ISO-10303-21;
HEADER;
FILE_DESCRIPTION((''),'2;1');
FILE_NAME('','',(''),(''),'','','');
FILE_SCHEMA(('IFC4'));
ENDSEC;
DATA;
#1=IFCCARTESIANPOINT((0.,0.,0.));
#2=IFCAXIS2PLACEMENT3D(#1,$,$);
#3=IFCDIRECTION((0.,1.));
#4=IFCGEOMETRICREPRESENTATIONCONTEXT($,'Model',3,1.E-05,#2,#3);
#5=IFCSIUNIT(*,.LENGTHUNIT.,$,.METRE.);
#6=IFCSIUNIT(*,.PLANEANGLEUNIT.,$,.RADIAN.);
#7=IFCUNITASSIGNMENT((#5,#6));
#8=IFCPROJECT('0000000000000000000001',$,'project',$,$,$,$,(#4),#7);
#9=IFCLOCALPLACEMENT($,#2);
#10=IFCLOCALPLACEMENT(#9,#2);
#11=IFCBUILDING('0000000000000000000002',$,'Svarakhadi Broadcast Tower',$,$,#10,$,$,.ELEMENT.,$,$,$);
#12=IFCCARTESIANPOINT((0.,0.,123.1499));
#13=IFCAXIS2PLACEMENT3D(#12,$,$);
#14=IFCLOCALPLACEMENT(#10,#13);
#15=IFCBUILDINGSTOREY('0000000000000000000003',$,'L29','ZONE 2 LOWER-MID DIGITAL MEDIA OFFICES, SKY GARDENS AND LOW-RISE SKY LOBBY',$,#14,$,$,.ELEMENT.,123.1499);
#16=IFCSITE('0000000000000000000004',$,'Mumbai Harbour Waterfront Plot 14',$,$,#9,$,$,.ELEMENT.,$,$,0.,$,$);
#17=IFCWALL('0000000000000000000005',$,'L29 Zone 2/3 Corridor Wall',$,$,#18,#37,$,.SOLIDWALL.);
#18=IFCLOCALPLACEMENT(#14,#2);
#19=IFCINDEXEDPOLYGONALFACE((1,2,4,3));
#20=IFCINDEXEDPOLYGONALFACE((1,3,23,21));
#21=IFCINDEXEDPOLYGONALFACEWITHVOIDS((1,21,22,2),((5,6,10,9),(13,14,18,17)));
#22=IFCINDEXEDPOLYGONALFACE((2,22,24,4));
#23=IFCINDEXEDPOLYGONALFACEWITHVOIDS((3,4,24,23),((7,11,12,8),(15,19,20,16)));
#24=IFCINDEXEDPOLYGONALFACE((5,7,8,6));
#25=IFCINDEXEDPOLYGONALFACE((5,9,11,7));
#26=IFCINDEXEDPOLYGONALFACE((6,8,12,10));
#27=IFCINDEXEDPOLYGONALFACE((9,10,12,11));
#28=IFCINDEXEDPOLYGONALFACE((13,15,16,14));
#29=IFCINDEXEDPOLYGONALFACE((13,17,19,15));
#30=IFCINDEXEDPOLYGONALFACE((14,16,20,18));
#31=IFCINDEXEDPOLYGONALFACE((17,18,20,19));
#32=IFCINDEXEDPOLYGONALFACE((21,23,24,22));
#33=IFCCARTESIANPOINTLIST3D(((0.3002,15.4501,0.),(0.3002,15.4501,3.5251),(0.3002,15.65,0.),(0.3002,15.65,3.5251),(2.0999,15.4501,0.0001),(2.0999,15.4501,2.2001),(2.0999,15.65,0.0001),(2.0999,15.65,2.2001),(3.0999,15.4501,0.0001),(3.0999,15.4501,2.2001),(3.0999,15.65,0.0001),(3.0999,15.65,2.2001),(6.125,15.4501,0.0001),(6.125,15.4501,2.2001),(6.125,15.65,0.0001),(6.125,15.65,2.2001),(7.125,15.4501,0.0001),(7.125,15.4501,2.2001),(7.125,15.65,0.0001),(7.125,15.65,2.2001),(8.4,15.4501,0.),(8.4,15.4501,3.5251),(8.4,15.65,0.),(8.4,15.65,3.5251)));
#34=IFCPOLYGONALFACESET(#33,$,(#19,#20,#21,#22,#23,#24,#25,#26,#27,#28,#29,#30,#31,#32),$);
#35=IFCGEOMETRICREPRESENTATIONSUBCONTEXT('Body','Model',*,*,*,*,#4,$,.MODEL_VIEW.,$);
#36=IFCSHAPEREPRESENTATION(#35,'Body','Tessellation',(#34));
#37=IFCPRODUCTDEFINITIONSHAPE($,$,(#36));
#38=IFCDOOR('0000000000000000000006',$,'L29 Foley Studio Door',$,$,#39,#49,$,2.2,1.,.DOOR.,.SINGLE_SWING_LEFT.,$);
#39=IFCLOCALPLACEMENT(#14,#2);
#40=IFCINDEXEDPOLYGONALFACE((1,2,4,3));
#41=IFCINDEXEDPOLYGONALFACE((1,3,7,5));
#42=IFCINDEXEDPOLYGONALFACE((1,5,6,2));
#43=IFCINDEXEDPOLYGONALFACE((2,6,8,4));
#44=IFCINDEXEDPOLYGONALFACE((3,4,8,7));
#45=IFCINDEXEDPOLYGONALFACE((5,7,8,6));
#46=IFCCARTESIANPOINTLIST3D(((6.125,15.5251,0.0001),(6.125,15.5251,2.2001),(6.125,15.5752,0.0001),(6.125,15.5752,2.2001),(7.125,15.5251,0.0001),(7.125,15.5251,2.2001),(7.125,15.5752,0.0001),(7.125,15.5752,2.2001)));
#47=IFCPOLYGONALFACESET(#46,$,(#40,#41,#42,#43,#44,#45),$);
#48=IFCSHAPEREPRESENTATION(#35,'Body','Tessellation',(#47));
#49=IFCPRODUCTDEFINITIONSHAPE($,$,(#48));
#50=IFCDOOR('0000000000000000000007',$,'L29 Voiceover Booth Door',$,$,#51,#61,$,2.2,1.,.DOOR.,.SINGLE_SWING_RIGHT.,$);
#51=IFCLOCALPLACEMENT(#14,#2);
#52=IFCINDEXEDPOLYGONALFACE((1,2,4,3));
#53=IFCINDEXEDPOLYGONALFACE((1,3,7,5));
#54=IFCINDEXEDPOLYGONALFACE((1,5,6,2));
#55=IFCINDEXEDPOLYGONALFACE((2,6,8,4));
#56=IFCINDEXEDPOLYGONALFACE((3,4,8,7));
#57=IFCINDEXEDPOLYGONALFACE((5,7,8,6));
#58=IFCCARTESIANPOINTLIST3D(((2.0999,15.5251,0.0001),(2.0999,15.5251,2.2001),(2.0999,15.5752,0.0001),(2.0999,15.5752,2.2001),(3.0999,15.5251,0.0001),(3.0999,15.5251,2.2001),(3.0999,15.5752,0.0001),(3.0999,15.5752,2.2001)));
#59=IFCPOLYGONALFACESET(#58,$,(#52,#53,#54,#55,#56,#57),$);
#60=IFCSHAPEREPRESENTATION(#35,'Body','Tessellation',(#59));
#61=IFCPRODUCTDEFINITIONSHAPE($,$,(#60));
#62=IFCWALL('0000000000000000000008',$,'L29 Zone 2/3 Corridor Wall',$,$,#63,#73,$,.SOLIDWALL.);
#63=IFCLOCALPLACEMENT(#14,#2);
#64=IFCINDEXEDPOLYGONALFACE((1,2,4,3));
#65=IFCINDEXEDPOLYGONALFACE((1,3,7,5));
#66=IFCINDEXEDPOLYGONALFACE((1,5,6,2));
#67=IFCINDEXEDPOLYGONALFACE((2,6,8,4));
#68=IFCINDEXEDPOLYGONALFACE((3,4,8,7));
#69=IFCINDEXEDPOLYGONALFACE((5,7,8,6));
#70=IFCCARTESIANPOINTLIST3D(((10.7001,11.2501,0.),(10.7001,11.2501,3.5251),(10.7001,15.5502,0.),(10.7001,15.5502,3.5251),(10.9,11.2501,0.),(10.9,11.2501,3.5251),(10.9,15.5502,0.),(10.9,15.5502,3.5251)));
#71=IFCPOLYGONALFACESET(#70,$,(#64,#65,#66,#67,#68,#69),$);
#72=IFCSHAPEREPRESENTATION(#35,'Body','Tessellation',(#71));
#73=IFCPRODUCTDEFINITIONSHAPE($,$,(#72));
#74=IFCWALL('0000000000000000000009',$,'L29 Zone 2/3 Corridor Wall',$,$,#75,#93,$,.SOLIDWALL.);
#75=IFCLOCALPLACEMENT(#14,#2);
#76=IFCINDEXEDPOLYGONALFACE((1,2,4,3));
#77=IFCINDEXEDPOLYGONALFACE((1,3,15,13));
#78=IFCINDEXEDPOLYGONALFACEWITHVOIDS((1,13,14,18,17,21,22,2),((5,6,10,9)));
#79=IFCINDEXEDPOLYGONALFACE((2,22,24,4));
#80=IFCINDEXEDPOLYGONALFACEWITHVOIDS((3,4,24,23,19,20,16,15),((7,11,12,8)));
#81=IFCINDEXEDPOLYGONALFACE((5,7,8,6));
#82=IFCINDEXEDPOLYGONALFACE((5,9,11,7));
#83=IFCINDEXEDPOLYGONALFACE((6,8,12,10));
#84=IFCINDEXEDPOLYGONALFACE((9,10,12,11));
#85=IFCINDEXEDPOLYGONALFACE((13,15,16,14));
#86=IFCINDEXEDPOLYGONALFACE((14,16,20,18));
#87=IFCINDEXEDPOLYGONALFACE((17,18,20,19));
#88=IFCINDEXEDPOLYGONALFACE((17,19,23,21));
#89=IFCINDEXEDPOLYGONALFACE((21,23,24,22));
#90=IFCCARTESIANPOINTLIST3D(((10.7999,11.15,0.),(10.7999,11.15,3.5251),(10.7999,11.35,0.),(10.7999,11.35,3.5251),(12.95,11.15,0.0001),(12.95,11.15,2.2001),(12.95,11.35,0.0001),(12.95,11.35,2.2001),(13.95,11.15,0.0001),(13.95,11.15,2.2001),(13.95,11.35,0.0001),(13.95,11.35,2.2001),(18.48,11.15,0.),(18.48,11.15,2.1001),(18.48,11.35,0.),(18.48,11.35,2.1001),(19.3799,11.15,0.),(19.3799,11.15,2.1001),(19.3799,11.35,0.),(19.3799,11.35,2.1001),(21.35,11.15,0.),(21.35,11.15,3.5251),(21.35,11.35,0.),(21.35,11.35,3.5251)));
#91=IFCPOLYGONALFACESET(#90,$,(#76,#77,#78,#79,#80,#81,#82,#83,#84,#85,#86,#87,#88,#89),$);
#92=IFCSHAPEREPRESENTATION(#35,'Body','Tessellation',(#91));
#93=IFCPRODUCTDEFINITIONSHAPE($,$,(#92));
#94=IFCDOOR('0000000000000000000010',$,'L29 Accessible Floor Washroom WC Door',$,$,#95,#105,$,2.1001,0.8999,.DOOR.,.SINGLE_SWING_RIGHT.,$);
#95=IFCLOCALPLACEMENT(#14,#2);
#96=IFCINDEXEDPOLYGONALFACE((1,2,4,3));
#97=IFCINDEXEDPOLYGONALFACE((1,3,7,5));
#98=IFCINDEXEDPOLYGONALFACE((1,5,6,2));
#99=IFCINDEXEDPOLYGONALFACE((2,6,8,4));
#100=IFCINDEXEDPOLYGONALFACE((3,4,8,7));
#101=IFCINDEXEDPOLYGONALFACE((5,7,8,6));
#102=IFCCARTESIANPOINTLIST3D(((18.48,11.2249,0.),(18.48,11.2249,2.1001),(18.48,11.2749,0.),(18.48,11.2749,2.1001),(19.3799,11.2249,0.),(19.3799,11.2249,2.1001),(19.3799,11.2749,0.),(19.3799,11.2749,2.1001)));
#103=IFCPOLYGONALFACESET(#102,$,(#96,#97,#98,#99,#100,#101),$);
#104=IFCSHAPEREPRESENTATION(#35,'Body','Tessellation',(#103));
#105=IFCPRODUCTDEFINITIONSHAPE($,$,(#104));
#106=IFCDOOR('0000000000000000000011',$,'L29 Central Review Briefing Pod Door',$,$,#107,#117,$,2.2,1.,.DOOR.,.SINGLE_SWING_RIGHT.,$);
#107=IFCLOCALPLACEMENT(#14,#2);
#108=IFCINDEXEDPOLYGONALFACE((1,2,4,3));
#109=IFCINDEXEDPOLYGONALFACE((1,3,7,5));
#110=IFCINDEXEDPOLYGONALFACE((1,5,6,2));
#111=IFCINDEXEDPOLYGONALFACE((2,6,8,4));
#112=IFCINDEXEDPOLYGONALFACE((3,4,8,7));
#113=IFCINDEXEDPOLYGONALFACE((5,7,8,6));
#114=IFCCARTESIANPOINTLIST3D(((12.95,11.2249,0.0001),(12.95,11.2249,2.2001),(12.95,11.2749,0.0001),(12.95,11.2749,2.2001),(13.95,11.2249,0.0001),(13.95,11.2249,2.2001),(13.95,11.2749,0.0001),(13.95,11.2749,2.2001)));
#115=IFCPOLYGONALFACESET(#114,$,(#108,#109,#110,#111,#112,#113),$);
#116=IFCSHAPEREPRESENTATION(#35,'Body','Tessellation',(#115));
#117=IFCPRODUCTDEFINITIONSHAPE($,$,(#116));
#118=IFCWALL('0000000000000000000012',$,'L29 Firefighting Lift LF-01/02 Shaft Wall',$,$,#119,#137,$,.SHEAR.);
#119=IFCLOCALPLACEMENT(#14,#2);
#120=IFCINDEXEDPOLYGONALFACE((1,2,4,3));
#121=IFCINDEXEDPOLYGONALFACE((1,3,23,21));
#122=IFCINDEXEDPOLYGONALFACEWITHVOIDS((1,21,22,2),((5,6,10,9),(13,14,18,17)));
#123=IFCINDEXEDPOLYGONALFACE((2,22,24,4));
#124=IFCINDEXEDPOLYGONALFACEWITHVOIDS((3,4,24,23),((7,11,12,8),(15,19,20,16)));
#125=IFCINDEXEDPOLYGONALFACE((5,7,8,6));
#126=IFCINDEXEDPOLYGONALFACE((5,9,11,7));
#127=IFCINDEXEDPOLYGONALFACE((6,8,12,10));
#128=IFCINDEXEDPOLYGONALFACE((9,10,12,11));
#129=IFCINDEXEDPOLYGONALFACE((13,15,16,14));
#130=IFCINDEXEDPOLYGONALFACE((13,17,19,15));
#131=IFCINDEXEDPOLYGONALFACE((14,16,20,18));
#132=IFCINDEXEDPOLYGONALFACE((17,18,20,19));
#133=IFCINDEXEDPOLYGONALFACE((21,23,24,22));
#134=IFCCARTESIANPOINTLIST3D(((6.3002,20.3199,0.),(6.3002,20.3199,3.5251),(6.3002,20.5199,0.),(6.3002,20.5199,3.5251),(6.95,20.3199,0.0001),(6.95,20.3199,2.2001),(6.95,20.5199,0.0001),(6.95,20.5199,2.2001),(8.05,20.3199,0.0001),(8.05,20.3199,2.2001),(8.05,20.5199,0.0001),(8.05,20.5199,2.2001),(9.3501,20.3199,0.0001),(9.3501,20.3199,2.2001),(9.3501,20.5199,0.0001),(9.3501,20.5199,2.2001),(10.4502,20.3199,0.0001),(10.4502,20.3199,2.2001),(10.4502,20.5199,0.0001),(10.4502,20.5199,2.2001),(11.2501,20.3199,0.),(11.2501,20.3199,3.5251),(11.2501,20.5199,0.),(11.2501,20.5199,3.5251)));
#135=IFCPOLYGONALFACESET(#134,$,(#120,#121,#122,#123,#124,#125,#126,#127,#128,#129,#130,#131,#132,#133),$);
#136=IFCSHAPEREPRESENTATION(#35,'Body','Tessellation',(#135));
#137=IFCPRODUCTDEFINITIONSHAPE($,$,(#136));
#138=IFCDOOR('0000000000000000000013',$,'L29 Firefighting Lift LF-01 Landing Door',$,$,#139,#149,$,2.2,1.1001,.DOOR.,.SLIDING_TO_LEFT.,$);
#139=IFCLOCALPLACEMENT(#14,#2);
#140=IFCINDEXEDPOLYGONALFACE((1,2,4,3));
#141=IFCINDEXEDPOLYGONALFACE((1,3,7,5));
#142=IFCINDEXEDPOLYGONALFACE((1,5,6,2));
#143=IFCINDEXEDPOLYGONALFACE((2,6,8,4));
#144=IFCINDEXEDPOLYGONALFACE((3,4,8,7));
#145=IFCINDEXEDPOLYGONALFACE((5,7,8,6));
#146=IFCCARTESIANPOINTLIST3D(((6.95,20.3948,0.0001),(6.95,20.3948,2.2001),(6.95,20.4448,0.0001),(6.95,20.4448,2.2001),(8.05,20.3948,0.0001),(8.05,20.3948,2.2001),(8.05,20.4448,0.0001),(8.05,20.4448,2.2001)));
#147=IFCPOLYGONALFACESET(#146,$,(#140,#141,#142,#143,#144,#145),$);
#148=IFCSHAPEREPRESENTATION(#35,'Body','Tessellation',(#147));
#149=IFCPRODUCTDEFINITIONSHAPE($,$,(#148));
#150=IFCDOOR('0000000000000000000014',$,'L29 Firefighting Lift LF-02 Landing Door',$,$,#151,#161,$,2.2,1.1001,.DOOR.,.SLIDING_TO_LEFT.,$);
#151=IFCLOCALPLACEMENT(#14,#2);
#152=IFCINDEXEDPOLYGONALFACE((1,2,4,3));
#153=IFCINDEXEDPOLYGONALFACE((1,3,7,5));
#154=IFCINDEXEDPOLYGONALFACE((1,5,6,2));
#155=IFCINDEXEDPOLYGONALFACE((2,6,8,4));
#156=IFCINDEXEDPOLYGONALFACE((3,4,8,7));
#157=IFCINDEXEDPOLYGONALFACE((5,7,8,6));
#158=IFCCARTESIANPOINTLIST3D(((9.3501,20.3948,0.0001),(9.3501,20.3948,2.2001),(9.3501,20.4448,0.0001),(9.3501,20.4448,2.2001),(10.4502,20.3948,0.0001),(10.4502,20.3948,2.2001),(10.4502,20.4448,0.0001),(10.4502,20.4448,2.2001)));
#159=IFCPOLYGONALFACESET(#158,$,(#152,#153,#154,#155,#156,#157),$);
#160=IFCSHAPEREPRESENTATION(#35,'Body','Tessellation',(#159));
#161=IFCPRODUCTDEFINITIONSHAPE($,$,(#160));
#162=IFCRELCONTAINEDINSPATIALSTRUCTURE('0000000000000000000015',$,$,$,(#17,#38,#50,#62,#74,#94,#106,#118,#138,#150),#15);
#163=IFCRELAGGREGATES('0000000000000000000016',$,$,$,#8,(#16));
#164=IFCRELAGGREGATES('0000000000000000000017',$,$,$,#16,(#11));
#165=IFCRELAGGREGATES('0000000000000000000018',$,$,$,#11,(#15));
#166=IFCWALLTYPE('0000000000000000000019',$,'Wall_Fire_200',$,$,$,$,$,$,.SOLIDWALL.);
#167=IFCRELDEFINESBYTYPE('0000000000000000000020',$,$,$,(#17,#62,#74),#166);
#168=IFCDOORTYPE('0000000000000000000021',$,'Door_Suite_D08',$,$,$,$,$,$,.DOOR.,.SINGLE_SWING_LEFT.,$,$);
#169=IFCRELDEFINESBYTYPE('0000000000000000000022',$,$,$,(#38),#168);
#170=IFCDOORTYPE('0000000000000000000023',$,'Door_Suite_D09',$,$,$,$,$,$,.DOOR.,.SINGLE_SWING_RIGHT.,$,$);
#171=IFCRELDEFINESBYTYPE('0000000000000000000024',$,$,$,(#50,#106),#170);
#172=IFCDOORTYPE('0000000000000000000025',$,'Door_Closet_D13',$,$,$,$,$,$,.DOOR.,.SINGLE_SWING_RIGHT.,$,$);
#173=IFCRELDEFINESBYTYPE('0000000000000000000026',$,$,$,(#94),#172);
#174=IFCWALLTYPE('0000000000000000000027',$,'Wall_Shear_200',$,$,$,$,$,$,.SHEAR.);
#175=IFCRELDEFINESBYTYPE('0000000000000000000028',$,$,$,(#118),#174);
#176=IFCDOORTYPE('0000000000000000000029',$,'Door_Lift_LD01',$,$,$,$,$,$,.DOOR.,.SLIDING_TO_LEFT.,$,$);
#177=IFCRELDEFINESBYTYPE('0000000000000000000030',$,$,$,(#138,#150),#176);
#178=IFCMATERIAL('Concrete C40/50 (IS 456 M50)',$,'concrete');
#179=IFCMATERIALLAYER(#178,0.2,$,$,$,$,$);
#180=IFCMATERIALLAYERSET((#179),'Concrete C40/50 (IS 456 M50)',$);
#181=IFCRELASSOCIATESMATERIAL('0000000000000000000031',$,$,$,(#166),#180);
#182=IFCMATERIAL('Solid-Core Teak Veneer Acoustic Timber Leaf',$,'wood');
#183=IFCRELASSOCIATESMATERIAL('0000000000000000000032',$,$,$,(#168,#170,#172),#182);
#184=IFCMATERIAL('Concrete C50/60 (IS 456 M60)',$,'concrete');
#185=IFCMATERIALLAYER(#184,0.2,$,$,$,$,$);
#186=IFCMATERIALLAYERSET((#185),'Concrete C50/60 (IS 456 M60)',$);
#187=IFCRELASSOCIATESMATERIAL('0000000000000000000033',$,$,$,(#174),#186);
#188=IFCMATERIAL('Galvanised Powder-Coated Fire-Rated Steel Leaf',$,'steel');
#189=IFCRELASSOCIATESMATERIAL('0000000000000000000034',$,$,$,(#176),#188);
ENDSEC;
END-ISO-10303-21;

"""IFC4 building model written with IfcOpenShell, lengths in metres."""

from ifc_helpers import new_model, si_unit, direction, frame, frame_2d, origin, place, context, subcontext, project, spatial, rectangle, extrude, material, layer, layer_set, type_object, element, fill, save


model = new_model("IFC4")

# Units and contexts
model_context = context("Model", 3, precision=1e-05, world=origin(), true_north=direction((0.0, 1.0)))
body_context = subcontext(model_context, "Body", "Model", "MODEL_VIEW")
ifc_project = project(units=[si_unit("LENGTHUNIT", "METRE"), si_unit("PLANEANGLEUNIT", "RADIAN")], contexts=[model_context])

# Site, building, storey
site_placement = place(None, origin())
site = spatial("IfcSite", under=ifc_project, at=site_placement, Name="Mumbai Harbour Waterfront Plot 14", CompositionType="ELEMENT", RefElevation=0.0)
building_placement = place(site_placement, origin())
building = spatial("IfcBuilding", under=site, at=building_placement, Name="Svarakhadi Broadcast Tower", CompositionType="ELEMENT")
storey_placement = place(building_placement, frame((0.0, 0.0, 123.1499)))
storey = spatial("IfcBuildingStorey", under=building, at=storey_placement, Name="L29", Description="ZONE 2 LOWER-MID DIGITAL MEDIA OFFICES, SKY GARDENS AND LOW-RISE SKY LOBBY", CompositionType="ELEMENT", Elevation=123.1499)

# Shared definitions
ifc_material_1 = material(Name="Concrete C50/60 (IS 456 M60)", Category="concrete")

# Shared definitions
ifc_material_2 = material(Name="Concrete C40/50 (IS 456 M50)", Category="concrete")
ifc_layer_1 = layer(ifc_material_2, 0.2)
ifc_layer_set_1 = layer_set([ifc_layer_1], Name="Concrete C40/50 (IS 456 M50)")
wall_type_1 = type_object("IfcWallType", Name="Wall_Fire_200", PredefinedType="SOLIDWALL", material=ifc_layer_set_1)

# Wall, openings, doors
wall_1_placement = place(storey_placement, frame((8.3999, 15.55, 0.0), z_axis=(0.0, 0.0, 1.0), x_axis=(-1.0, 0.0, 0.0)))
wall_1 = element("IfcWall", 1, at=wall_1_placement, inside=storey, type_object=wall_type_1, Name="L29 Zone 2/3 Corridor Wall", PredefinedType="SOLIDWALL", context=body_context, shape_type="SweptSolid", body=[
    extrude(rectangle(XDim=8.0999, YDim=0.2, at=frame_2d((4.0498, 0.0))), origin(), (0.0, 0.0, 1.0), 3.5251),
])
opening_1_placement = place(wall_1_placement, frame((5.3, 0.0, 0.0)))
opening_1 = element("IfcOpeningElement", 2, at=opening_1_placement, cuts=wall_1, PredefinedType="OPENING", context=body_context, shape_type="SweptSolid", body=[
    extrude(rectangle(XDim=1.0, YDim=2.2, at=frame_2d((0.5, 1.1001))), frame((0.0, 0.1099, 0.0), z_axis=(0.0, -1.0, 0.0), x_axis=(1.0, 0.0, 0.0)), (0.0, 0.0, 1.0), 0.22),
])
opening_2_placement = place(wall_1_placement, frame((1.2749, 0.0, 0.0)))
opening_2 = element("IfcOpeningElement", 3, at=opening_2_placement, cuts=wall_1, PredefinedType="OPENING", context=body_context, shape_type="SweptSolid", body=[
    extrude(rectangle(XDim=1.0, YDim=2.2, at=frame_2d((0.5, 1.1001))), frame((0.0, 0.1099, 0.0), z_axis=(0.0, -1.0, 0.0), x_axis=(1.0, 0.0, 0.0)), (0.0, 0.0, 1.0), 0.22),
])
ifc_material_3 = material(Name="Solid-Core Teak Veneer Acoustic Timber Leaf", Category="wood")
door_type_1 = type_object("IfcDoorType", Name="Door_Suite_D08", OperationType="SINGLE_SWING_LEFT", PredefinedType="DOOR", material=ifc_material_3)
door_1_placement = place(opening_2_placement, origin())
door_1 = element("IfcDoor", 4, at=door_1_placement, inside=storey, type_object=door_type_1, Name="L29 Foley Studio Door", OperationType="SINGLE_SWING_LEFT", OverallHeight=2.2, OverallWidth=1.0, PredefinedType="DOOR", context=body_context, shape_type="SweptSolid", body=[
    extrude(rectangle(XDim=1.0, YDim=2.2, at=frame_2d((0.5, 1.1001))), frame((0.0, 0.0249, 0.0), z_axis=(0.0, -1.0, 0.0), x_axis=(1.0, 0.0, 0.0)), (0.0, 0.0, 1.0), 0.05),
])
fill(opening_2, door_1)
door_type_2 = type_object("IfcDoorType", Name="Door_Suite_D09", OperationType="SINGLE_SWING_RIGHT", PredefinedType="DOOR", material=ifc_material_3)
door_2_placement = place(opening_1_placement, origin())
door_2 = element("IfcDoor", 5, at=door_2_placement, inside=storey, type_object=door_type_2, Name="L29 Voiceover Booth Door", OperationType="SINGLE_SWING_RIGHT", OverallHeight=2.2, OverallWidth=1.0, PredefinedType="DOOR", context=body_context, shape_type="SweptSolid", body=[
    extrude(rectangle(XDim=1.0, YDim=2.2, at=frame_2d((0.5, 1.1001))), frame((0.0, 0.0249, 0.0), z_axis=(0.0, -1.0, 0.0), x_axis=(1.0, 0.0, 0.0)), (0.0, 0.0, 1.0), 0.05),
])
fill(opening_1, door_2)

# Wall
wall_2_placement = place(storey_placement, frame((10.8, 15.55, 0.0), z_axis=(0.0, 0.0, 1.0), x_axis=(0.0, -1.0, 0.0)))
element("IfcWall", 6, at=wall_2_placement, inside=storey, type_object=wall_type_1, Name="L29 Zone 2/3 Corridor Wall", PredefinedType="SOLIDWALL", context=body_context, shape_type="SweptSolid", body=[
    extrude(rectangle(XDim=4.3, YDim=0.2, at=frame_2d((2.1499, 0.0))), origin(), (0.0, 0.0, 1.0), 3.5251),
])

# Walls, openings, doors
wall_3_placement = place(storey_placement, frame((10.8, 11.25, 0.0), z_axis=(0.0, 0.0, 1.0), x_axis=(1.0, 0.0, 0.0)))
wall_3 = element("IfcWall", 7, at=wall_3_placement, inside=storey, type_object=wall_type_1, Name="L29 Zone 2/3 Corridor Wall", PredefinedType="SOLIDWALL", context=body_context, shape_type="SweptSolid", body=[
    extrude(rectangle(XDim=10.55, YDim=0.2, at=frame_2d((5.2749, 0.0))), origin(), (0.0, 0.0, 1.0), 3.5251),
])
opening_3_placement = place(wall_3_placement, frame((2.1499, 0.0, 0.0)))
opening_3 = element("IfcOpeningElement", 8, at=opening_3_placement, cuts=wall_3, PredefinedType="OPENING", context=body_context, shape_type="SweptSolid", body=[
    extrude(rectangle(XDim=1.0, YDim=2.2, at=frame_2d((0.5, 1.1001))), frame((0.0, 0.1099, 0.0), z_axis=(0.0, -1.0, 0.0), x_axis=(1.0, 0.0, 0.0)), (0.0, 0.0, 1.0), 0.22),
])
opening_4_placement = place(wall_3_placement, frame((7.6799, 0.0, 0.0)))
opening_4 = element("IfcOpeningElement", 9, at=opening_4_placement, cuts=wall_3, PredefinedType="OPENING", context=body_context, shape_type="SweptSolid", body=[
    extrude(rectangle(XDim=0.8999, YDim=2.1001, at=frame_2d((0.45, 1.05))), frame((0.0, 0.1099, 0.0), z_axis=(0.0, -1.0, 0.0), x_axis=(1.0, 0.0, 0.0)), (0.0, 0.0, 1.0), 0.22),
])
door_type_3 = type_object("IfcDoorType", Name="Door_Closet_D13", OperationType="SINGLE_SWING_RIGHT", PredefinedType="DOOR", material=ifc_material_3)
door_3_placement = place(opening_4_placement, origin())
door_3 = element("IfcDoor", 10, at=door_3_placement, inside=storey, type_object=door_type_3, Name="L29 Accessible Floor Washroom WC Door", OperationType="SINGLE_SWING_RIGHT", OverallHeight=2.1001, OverallWidth=0.8999, PredefinedType="DOOR", context=body_context, shape_type="SweptSolid", body=[
    extrude(rectangle(XDim=0.8999, YDim=2.1001, at=frame_2d((0.45, 1.05))), frame((0.0, 0.0249, 0.0), z_axis=(0.0, -1.0, 0.0), x_axis=(1.0, 0.0, 0.0)), (0.0, 0.0, 1.0), 0.05),
])
fill(opening_4, door_3)
door_4_placement = place(opening_3_placement, origin())
door_4 = element("IfcDoor", 11, at=door_4_placement, inside=storey, type_object=door_type_2, Name="L29 Central Review Briefing Pod Door", OperationType="SINGLE_SWING_RIGHT", OverallHeight=2.2, OverallWidth=1.0, PredefinedType="DOOR", context=body_context, shape_type="SweptSolid", body=[
    extrude(rectangle(XDim=1.0, YDim=2.2, at=frame_2d((0.5, 1.1001))), frame((0.0, 0.0249, 0.0), z_axis=(0.0, -1.0, 0.0), x_axis=(1.0, 0.0, 0.0)), (0.0, 0.0, 1.0), 0.05),
])
fill(opening_3, door_4)
ifc_layer_2 = layer(ifc_material_1, 0.2)
ifc_layer_set_2 = layer_set([ifc_layer_2], Name="Concrete C50/60 (IS 456 M60)")
wall_type_2 = type_object("IfcWallType", Name="Wall_Shear_200", PredefinedType="SHEAR", material=ifc_layer_set_2)
wall_4_placement = place(storey_placement, frame((6.3, 20.4199, 0.0), z_axis=(0.0, 0.0, 1.0), x_axis=(1.0, 0.0, 0.0)))
wall_4 = element("IfcWall", 12, at=wall_4_placement, inside=storey, type_object=wall_type_2, Name="L29 Firefighting Lift LF-01/02 Shaft Wall", PredefinedType="SHEAR", context=body_context, shape_type="SweptSolid", body=[
    extrude(rectangle(XDim=4.95, YDim=0.2, at=frame_2d((2.4751, 0.0))), origin(), (0.0, 0.0, 1.0), 3.5251),
])
opening_5_placement = place(wall_4_placement, frame((0.6499, 0.0, 0.0)))
opening_5 = element("IfcOpeningElement", 13, at=opening_5_placement, cuts=wall_4, PredefinedType="OPENING", context=body_context, shape_type="SweptSolid", body=[
    extrude(rectangle(XDim=1.1001, YDim=2.2, at=frame_2d((0.55, 1.1001))), frame((0.0, 0.1099, 0.0), z_axis=(0.0, -1.0, 0.0), x_axis=(1.0, 0.0, 0.0)), (0.0, 0.0, 1.0), 0.22),
])
opening_6_placement = place(wall_4_placement, frame((3.05, 0.0, 0.0)))
opening_6 = element("IfcOpeningElement", 14, at=opening_6_placement, cuts=wall_4, PredefinedType="OPENING", context=body_context, shape_type="SweptSolid", body=[
    extrude(rectangle(XDim=1.1001, YDim=2.2, at=frame_2d((0.55, 1.1001))), frame((0.0, 0.1099, 0.0), z_axis=(0.0, -1.0, 0.0), x_axis=(1.0, 0.0, 0.0)), (0.0, 0.0, 1.0), 0.22),
])
ifc_material_4 = material(Name="Galvanised Powder-Coated Fire-Rated Steel Leaf", Category="steel")
door_type_4 = type_object("IfcDoorType", Name="Door_Lift_LD01", OperationType="SLIDING_TO_LEFT", PredefinedType="DOOR", material=ifc_material_4)
door_5_placement = place(opening_5_placement, origin())
door_5 = element("IfcDoor", 15, at=door_5_placement, inside=storey, type_object=door_type_4, Name="L29 Firefighting Lift LF-01 Landing Door", OperationType="SLIDING_TO_LEFT", OverallHeight=2.2, OverallWidth=1.1001, PredefinedType="DOOR", context=body_context, shape_type="SweptSolid", body=[
    extrude(rectangle(XDim=1.1001, YDim=2.2, at=frame_2d((0.55, 1.1001))), frame((0.0, 0.0249, 0.0), z_axis=(0.0, -1.0, 0.0), x_axis=(1.0, 0.0, 0.0)), (0.0, 0.0, 1.0), 0.05),
])
fill(opening_5, door_5)
door_6_placement = place(opening_6_placement, origin())
door_6 = element("IfcDoor", 16, at=door_6_placement, inside=storey, type_object=door_type_4, Name="L29 Firefighting Lift LF-02 Landing Door", OperationType="SLIDING_TO_LEFT", OverallHeight=2.2, OverallWidth=1.1001, PredefinedType="DOOR", context=body_context, shape_type="SweptSolid", body=[
    extrude(rectangle(XDim=1.1001, YDim=2.2, at=frame_2d((0.55, 1.1001))), frame((0.0, 0.0249, 0.0), z_axis=(0.0, -1.0, 0.0), x_axis=(1.0, 0.0, 0.0)), (0.0, 0.0, 1.0), 0.05),
])
fill(opening_6, door_6)

save(model, "model.ifc")
